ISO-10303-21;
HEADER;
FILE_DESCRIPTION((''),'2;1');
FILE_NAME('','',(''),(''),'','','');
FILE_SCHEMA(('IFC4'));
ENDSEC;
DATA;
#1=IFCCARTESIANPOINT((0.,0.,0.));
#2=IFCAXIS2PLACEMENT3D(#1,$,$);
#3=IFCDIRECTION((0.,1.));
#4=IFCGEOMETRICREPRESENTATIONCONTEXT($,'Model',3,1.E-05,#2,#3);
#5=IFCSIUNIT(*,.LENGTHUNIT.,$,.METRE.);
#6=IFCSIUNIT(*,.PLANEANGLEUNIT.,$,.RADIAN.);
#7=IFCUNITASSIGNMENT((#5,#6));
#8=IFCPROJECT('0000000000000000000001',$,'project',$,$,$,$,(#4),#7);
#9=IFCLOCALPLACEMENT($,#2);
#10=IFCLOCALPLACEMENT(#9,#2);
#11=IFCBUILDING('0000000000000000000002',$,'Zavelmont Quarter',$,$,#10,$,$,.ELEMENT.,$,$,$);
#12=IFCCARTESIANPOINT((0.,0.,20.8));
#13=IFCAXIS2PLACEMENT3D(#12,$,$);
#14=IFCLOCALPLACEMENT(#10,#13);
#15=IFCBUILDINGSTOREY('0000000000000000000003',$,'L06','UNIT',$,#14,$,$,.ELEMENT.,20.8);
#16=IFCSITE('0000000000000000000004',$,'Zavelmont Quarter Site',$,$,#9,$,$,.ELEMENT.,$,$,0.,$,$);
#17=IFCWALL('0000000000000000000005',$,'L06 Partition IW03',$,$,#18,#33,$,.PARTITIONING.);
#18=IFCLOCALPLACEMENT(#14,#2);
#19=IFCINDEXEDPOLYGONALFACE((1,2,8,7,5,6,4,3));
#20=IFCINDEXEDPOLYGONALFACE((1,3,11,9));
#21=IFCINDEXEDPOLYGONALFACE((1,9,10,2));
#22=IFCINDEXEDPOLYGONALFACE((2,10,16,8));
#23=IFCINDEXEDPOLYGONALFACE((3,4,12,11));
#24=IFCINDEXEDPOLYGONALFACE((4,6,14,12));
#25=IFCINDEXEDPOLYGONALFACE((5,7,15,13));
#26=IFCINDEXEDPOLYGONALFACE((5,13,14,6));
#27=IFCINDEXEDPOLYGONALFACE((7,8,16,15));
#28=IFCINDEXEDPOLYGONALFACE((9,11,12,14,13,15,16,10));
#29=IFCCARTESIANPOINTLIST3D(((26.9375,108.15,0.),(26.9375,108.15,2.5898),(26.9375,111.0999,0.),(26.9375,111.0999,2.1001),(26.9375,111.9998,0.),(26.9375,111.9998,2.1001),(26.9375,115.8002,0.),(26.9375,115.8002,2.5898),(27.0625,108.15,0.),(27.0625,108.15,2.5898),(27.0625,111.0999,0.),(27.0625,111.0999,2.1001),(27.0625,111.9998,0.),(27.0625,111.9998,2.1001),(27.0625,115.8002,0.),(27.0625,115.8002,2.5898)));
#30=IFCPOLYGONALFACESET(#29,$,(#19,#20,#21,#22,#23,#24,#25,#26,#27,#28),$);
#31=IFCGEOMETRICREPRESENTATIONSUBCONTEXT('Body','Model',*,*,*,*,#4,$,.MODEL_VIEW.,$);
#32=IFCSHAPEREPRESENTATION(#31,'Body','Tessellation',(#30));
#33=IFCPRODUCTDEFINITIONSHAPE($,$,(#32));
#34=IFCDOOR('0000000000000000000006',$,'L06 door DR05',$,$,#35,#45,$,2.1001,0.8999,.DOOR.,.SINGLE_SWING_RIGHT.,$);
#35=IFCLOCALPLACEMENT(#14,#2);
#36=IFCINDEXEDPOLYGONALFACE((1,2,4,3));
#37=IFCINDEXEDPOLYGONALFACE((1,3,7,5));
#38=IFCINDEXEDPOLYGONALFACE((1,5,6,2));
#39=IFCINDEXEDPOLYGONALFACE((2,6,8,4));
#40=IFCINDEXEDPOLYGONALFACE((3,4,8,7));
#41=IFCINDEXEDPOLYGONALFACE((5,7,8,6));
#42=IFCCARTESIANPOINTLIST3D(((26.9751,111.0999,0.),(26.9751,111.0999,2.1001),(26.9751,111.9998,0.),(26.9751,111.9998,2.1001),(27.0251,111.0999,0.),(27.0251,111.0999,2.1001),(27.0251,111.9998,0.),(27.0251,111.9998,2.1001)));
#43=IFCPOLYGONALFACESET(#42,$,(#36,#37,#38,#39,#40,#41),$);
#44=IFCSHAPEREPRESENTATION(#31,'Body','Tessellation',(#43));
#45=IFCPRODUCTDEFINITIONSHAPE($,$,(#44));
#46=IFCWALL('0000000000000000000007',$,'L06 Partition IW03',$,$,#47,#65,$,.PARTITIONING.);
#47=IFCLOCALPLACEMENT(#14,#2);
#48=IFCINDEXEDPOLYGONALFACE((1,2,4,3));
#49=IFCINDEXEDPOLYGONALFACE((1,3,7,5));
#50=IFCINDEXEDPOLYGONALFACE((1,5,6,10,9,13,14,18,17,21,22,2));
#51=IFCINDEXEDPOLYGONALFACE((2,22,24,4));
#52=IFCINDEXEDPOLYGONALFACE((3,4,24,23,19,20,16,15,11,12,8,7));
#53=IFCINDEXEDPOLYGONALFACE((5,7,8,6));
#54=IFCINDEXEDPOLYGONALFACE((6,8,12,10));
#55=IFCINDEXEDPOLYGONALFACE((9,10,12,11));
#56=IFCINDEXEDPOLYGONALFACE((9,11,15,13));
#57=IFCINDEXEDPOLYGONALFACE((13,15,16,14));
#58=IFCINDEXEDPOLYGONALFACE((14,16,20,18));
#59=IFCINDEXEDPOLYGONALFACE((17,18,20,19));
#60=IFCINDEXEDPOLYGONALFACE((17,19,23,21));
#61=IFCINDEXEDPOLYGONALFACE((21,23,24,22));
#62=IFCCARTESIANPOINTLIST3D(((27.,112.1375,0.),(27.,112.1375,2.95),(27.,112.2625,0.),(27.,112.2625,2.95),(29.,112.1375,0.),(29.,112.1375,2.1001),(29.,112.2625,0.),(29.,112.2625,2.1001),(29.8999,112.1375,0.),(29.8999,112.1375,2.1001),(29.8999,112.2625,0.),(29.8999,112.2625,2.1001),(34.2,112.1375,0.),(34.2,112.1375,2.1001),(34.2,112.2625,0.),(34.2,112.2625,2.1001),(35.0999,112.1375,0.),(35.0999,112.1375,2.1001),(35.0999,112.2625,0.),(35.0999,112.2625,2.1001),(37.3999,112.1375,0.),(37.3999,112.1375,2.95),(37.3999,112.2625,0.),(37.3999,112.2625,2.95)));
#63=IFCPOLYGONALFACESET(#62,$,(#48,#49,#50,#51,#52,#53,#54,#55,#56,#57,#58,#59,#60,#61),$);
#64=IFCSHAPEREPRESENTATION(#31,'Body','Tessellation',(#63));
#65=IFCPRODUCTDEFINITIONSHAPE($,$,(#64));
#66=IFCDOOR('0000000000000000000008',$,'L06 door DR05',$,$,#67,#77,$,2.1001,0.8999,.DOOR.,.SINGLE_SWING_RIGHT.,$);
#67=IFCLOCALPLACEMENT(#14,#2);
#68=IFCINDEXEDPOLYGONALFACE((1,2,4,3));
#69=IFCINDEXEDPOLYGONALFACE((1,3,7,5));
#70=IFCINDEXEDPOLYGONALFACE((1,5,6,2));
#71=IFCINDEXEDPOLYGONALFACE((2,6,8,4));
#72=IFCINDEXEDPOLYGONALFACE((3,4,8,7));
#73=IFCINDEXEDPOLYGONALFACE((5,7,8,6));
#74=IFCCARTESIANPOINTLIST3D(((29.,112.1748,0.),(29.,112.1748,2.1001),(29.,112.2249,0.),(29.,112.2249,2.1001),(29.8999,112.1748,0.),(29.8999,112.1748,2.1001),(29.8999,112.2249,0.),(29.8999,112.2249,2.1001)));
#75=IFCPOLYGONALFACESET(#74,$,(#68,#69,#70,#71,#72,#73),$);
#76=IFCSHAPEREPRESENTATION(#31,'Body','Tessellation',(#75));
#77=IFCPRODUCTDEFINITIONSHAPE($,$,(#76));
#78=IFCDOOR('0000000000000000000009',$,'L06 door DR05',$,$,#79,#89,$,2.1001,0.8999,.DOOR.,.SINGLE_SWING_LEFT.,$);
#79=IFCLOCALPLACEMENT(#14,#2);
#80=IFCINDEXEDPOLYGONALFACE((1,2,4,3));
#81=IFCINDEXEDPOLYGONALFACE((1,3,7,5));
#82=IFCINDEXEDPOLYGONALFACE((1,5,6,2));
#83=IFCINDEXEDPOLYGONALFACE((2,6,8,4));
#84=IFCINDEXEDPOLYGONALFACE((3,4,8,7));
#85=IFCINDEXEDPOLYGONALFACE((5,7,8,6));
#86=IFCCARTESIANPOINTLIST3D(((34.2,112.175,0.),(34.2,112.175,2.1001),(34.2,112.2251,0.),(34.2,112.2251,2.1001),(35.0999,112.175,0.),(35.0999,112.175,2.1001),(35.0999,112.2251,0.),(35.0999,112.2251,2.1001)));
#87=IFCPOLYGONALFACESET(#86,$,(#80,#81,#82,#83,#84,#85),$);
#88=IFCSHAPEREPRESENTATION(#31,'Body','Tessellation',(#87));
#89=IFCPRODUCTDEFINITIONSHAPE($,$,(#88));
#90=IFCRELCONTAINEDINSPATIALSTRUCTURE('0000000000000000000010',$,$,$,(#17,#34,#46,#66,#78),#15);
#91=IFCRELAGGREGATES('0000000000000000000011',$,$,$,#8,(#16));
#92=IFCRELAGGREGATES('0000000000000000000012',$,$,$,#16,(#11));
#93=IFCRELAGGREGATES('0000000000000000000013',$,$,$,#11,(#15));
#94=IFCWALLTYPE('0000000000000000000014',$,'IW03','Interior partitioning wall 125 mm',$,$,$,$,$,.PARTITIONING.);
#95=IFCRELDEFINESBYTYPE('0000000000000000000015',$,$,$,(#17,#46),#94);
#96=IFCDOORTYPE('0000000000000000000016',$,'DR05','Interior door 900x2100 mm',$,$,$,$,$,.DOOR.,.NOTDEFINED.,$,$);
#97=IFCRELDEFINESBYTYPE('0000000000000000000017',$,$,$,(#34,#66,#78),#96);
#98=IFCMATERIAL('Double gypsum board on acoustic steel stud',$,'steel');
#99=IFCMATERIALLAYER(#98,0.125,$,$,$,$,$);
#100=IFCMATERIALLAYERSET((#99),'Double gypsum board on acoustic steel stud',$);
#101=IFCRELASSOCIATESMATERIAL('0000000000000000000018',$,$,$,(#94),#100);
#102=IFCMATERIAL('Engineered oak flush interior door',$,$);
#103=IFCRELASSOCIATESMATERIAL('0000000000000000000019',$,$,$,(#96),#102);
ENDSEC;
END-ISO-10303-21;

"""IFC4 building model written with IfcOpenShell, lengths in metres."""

from ifc_helpers import new_model, si_unit, direction, frame, frame_2d, origin, origin_with_axes, place, context, subcontext, project, spatial, rectangle, extrude, material, layer, layer_set, type_object, element, fill, save


model = new_model("IFC4")

# Units and contexts
model_context = context("Model", 3, precision=1e-05, world=origin(), true_north=direction((0.0, 1.0)))
body_context = subcontext(model_context, "Body", "Model", "MODEL_VIEW")
ifc_project = project(units=[si_unit("LENGTHUNIT", "METRE"), si_unit("PLANEANGLEUNIT", "RADIAN")], contexts=[model_context])

# Site, building, storey
site_placement = place(None, origin())
site = spatial("IfcSite", under=ifc_project, at=site_placement, Name="Zavelmont Quarter Site", CompositionType="ELEMENT", RefElevation=0.0)
building_placement = place(site_placement, origin())
building = spatial("IfcBuilding", under=site, at=building_placement, Name="Zavelmont Quarter", CompositionType="ELEMENT")
storey_placement = place(building_placement, frame((0.0, 0.0, 20.8)))
storey = spatial("IfcBuildingStorey", under=building, at=storey_placement, Name="L06", Description="UNIT", CompositionType="ELEMENT", Elevation=20.8)

# Wall, opening, door
ifc_material_1 = material(Name="Double gypsum board on acoustic steel stud", Category="steel")
ifc_layer_1 = layer(ifc_material_1, 0.125)
ifc_layer_set_1 = layer_set([ifc_layer_1], Name="Double gypsum board on acoustic steel stud")
wall_type_1 = type_object("IfcWallType", Name="IW03", Description="Interior partitioning wall 125 mm", PredefinedType="PARTITIONING", material=ifc_layer_set_1)
wall_1_placement = place(storey_placement, frame((27.0, 108.1499, 0.0), z_axis=(0.0, 0.0, 1.0), x_axis=(0.0, 1.0, 0.0)))
wall_1 = element("IfcWall", 1, at=wall_1_placement, inside=storey, type_object=wall_type_1, Name="L06 Partition IW03", PredefinedType="PARTITIONING", context=body_context, shape_type="SweptSolid", body=[
    extrude(rectangle(XDim=7.6501, YDim=0.125, at=frame_2d((3.8252, 0.0))), origin(), (0.0, 0.0, 1.0), 2.5898),
])
opening_1_placement = place(wall_1_placement, frame((2.95, 0.0, 0.0)))
opening_1 = element("IfcOpeningElement", 2, at=opening_1_placement, cuts=wall_1, PredefinedType="OPENING", context=body_context, shape_type="SweptSolid", body=[
    extrude(rectangle(XDim=0.8999, YDim=2.1001, at=frame_2d((0.45, 1.05))), frame((0.0, 0.0745, 0.0), z_axis=(0.0, -1.0, 0.0), x_axis=(1.0, 0.0, 0.0)), (0.0, 0.0, 1.0), 0.1489),
])
ifc_material_2 = material(Name="Engineered oak flush interior door")
door_type_1 = type_object("IfcDoorType", Name="DR05", Description="Interior door 900x2100 mm", OperationType="NOTDEFINED", PredefinedType="DOOR", material=ifc_material_2)
door_1_placement = place(opening_1_placement, origin_with_axes())
door_1 = element("IfcDoor", 3, at=door_1_placement, inside=storey, type_object=door_type_1, Name="L06 door DR05", OperationType="SINGLE_SWING_RIGHT", OverallHeight=2.1001, OverallWidth=0.8999, PredefinedType="DOOR", context=body_context, shape_type="SweptSolid", body=[
    extrude(rectangle(XDim=0.8999, YDim=2.1001, at=frame_2d((0.45, 1.05))), frame((0.0, 0.0249, 0.0), z_axis=(0.0, -1.0, 0.0), x_axis=(1.0, 0.0, 0.0)), (0.0, 0.0, 1.0), 0.05),
])
fill(opening_1, door_1)

# Wall, openings, doors
wall_2_placement = place(storey_placement, frame((27.0, 112.2, 0.0), z_axis=(0.0, 0.0, 1.0), x_axis=(1.0, 0.0, 0.0)))
wall_2 = element("IfcWall", 4, at=wall_2_placement, inside=storey, type_object=wall_type_1, Name="L06 Partition IW03", PredefinedType="PARTITIONING", context=body_context, shape_type="SweptSolid", body=[
    extrude(rectangle(XDim=10.3999, YDim=0.125, at=frame_2d((5.2, 0.0))), origin(), (0.0, 0.0, 1.0), 2.95),
])
opening_2_placement = place(wall_2_placement, frame((2.0, 0.0, 0.0)))
opening_2 = element("IfcOpeningElement", 5, at=opening_2_placement, cuts=wall_2, PredefinedType="OPENING", context=body_context, shape_type="SweptSolid", body=[
    extrude(rectangle(XDim=0.8999, YDim=2.1001, at=frame_2d((0.45, 1.05))), frame((0.0, 0.0745, 0.0), z_axis=(0.0, -1.0, 0.0), x_axis=(1.0, 0.0, 0.0)), (0.0, 0.0, 1.0), 0.1489),
])
opening_3_placement = place(wall_2_placement, frame((7.2, 0.0, 0.0)))
opening_3 = element("IfcOpeningElement", 6, at=opening_3_placement, cuts=wall_2, PredefinedType="OPENING", context=body_context, shape_type="SweptSolid", body=[
    extrude(rectangle(XDim=0.8999, YDim=2.1001, at=frame_2d((0.45, 1.05))), frame((0.0, 0.0745, 0.0), z_axis=(0.0, -1.0, 0.0), x_axis=(1.0, 0.0, 0.0)), (0.0, 0.0, 1.0), 0.1489),
])
door_2_placement = place(opening_2_placement, origin_with_axes())
door_2 = element("IfcDoor", 7, at=door_2_placement, inside=storey, type_object=door_type_1, Name="L06 door DR05", OperationType="SINGLE_SWING_RIGHT", OverallHeight=2.1001, OverallWidth=0.8999, PredefinedType="DOOR", context=body_context, shape_type="SweptSolid", body=[
    extrude(rectangle(XDim=0.8999, YDim=2.1001, at=frame_2d((0.45, 1.05))), frame((0.0, 0.0249, 0.0), z_axis=(0.0, -1.0, 0.0), x_axis=(1.0, 0.0, 0.0)), (0.0, 0.0, 1.0), 0.05),
])
fill(opening_2, door_2)
door_3_placement = place(opening_3_placement, frame((0.8999, 0.0, 0.0), z_axis=(0.0, 0.0, 1.0), x_axis=(-1.0, 0.0, 0.0)))
door_3 = element("IfcDoor", 8, at=door_3_placement, inside=storey, type_object=door_type_1, Name="L06 door DR05", OperationType="SINGLE_SWING_LEFT", OverallHeight=2.1001, OverallWidth=0.8999, PredefinedType="DOOR", context=body_context, shape_type="SweptSolid", body=[
    extrude(rectangle(XDim=0.8999, YDim=2.1001, at=frame_2d((0.45, 1.05))), frame((0.0, 0.0249, 0.0), z_axis=(0.0, -1.0, 0.0), x_axis=(1.0, 0.0, 0.0)), (0.0, 0.0, 1.0), 0.05),
])
fill(opening_3, door_3)

save(model, "model.ifc")
